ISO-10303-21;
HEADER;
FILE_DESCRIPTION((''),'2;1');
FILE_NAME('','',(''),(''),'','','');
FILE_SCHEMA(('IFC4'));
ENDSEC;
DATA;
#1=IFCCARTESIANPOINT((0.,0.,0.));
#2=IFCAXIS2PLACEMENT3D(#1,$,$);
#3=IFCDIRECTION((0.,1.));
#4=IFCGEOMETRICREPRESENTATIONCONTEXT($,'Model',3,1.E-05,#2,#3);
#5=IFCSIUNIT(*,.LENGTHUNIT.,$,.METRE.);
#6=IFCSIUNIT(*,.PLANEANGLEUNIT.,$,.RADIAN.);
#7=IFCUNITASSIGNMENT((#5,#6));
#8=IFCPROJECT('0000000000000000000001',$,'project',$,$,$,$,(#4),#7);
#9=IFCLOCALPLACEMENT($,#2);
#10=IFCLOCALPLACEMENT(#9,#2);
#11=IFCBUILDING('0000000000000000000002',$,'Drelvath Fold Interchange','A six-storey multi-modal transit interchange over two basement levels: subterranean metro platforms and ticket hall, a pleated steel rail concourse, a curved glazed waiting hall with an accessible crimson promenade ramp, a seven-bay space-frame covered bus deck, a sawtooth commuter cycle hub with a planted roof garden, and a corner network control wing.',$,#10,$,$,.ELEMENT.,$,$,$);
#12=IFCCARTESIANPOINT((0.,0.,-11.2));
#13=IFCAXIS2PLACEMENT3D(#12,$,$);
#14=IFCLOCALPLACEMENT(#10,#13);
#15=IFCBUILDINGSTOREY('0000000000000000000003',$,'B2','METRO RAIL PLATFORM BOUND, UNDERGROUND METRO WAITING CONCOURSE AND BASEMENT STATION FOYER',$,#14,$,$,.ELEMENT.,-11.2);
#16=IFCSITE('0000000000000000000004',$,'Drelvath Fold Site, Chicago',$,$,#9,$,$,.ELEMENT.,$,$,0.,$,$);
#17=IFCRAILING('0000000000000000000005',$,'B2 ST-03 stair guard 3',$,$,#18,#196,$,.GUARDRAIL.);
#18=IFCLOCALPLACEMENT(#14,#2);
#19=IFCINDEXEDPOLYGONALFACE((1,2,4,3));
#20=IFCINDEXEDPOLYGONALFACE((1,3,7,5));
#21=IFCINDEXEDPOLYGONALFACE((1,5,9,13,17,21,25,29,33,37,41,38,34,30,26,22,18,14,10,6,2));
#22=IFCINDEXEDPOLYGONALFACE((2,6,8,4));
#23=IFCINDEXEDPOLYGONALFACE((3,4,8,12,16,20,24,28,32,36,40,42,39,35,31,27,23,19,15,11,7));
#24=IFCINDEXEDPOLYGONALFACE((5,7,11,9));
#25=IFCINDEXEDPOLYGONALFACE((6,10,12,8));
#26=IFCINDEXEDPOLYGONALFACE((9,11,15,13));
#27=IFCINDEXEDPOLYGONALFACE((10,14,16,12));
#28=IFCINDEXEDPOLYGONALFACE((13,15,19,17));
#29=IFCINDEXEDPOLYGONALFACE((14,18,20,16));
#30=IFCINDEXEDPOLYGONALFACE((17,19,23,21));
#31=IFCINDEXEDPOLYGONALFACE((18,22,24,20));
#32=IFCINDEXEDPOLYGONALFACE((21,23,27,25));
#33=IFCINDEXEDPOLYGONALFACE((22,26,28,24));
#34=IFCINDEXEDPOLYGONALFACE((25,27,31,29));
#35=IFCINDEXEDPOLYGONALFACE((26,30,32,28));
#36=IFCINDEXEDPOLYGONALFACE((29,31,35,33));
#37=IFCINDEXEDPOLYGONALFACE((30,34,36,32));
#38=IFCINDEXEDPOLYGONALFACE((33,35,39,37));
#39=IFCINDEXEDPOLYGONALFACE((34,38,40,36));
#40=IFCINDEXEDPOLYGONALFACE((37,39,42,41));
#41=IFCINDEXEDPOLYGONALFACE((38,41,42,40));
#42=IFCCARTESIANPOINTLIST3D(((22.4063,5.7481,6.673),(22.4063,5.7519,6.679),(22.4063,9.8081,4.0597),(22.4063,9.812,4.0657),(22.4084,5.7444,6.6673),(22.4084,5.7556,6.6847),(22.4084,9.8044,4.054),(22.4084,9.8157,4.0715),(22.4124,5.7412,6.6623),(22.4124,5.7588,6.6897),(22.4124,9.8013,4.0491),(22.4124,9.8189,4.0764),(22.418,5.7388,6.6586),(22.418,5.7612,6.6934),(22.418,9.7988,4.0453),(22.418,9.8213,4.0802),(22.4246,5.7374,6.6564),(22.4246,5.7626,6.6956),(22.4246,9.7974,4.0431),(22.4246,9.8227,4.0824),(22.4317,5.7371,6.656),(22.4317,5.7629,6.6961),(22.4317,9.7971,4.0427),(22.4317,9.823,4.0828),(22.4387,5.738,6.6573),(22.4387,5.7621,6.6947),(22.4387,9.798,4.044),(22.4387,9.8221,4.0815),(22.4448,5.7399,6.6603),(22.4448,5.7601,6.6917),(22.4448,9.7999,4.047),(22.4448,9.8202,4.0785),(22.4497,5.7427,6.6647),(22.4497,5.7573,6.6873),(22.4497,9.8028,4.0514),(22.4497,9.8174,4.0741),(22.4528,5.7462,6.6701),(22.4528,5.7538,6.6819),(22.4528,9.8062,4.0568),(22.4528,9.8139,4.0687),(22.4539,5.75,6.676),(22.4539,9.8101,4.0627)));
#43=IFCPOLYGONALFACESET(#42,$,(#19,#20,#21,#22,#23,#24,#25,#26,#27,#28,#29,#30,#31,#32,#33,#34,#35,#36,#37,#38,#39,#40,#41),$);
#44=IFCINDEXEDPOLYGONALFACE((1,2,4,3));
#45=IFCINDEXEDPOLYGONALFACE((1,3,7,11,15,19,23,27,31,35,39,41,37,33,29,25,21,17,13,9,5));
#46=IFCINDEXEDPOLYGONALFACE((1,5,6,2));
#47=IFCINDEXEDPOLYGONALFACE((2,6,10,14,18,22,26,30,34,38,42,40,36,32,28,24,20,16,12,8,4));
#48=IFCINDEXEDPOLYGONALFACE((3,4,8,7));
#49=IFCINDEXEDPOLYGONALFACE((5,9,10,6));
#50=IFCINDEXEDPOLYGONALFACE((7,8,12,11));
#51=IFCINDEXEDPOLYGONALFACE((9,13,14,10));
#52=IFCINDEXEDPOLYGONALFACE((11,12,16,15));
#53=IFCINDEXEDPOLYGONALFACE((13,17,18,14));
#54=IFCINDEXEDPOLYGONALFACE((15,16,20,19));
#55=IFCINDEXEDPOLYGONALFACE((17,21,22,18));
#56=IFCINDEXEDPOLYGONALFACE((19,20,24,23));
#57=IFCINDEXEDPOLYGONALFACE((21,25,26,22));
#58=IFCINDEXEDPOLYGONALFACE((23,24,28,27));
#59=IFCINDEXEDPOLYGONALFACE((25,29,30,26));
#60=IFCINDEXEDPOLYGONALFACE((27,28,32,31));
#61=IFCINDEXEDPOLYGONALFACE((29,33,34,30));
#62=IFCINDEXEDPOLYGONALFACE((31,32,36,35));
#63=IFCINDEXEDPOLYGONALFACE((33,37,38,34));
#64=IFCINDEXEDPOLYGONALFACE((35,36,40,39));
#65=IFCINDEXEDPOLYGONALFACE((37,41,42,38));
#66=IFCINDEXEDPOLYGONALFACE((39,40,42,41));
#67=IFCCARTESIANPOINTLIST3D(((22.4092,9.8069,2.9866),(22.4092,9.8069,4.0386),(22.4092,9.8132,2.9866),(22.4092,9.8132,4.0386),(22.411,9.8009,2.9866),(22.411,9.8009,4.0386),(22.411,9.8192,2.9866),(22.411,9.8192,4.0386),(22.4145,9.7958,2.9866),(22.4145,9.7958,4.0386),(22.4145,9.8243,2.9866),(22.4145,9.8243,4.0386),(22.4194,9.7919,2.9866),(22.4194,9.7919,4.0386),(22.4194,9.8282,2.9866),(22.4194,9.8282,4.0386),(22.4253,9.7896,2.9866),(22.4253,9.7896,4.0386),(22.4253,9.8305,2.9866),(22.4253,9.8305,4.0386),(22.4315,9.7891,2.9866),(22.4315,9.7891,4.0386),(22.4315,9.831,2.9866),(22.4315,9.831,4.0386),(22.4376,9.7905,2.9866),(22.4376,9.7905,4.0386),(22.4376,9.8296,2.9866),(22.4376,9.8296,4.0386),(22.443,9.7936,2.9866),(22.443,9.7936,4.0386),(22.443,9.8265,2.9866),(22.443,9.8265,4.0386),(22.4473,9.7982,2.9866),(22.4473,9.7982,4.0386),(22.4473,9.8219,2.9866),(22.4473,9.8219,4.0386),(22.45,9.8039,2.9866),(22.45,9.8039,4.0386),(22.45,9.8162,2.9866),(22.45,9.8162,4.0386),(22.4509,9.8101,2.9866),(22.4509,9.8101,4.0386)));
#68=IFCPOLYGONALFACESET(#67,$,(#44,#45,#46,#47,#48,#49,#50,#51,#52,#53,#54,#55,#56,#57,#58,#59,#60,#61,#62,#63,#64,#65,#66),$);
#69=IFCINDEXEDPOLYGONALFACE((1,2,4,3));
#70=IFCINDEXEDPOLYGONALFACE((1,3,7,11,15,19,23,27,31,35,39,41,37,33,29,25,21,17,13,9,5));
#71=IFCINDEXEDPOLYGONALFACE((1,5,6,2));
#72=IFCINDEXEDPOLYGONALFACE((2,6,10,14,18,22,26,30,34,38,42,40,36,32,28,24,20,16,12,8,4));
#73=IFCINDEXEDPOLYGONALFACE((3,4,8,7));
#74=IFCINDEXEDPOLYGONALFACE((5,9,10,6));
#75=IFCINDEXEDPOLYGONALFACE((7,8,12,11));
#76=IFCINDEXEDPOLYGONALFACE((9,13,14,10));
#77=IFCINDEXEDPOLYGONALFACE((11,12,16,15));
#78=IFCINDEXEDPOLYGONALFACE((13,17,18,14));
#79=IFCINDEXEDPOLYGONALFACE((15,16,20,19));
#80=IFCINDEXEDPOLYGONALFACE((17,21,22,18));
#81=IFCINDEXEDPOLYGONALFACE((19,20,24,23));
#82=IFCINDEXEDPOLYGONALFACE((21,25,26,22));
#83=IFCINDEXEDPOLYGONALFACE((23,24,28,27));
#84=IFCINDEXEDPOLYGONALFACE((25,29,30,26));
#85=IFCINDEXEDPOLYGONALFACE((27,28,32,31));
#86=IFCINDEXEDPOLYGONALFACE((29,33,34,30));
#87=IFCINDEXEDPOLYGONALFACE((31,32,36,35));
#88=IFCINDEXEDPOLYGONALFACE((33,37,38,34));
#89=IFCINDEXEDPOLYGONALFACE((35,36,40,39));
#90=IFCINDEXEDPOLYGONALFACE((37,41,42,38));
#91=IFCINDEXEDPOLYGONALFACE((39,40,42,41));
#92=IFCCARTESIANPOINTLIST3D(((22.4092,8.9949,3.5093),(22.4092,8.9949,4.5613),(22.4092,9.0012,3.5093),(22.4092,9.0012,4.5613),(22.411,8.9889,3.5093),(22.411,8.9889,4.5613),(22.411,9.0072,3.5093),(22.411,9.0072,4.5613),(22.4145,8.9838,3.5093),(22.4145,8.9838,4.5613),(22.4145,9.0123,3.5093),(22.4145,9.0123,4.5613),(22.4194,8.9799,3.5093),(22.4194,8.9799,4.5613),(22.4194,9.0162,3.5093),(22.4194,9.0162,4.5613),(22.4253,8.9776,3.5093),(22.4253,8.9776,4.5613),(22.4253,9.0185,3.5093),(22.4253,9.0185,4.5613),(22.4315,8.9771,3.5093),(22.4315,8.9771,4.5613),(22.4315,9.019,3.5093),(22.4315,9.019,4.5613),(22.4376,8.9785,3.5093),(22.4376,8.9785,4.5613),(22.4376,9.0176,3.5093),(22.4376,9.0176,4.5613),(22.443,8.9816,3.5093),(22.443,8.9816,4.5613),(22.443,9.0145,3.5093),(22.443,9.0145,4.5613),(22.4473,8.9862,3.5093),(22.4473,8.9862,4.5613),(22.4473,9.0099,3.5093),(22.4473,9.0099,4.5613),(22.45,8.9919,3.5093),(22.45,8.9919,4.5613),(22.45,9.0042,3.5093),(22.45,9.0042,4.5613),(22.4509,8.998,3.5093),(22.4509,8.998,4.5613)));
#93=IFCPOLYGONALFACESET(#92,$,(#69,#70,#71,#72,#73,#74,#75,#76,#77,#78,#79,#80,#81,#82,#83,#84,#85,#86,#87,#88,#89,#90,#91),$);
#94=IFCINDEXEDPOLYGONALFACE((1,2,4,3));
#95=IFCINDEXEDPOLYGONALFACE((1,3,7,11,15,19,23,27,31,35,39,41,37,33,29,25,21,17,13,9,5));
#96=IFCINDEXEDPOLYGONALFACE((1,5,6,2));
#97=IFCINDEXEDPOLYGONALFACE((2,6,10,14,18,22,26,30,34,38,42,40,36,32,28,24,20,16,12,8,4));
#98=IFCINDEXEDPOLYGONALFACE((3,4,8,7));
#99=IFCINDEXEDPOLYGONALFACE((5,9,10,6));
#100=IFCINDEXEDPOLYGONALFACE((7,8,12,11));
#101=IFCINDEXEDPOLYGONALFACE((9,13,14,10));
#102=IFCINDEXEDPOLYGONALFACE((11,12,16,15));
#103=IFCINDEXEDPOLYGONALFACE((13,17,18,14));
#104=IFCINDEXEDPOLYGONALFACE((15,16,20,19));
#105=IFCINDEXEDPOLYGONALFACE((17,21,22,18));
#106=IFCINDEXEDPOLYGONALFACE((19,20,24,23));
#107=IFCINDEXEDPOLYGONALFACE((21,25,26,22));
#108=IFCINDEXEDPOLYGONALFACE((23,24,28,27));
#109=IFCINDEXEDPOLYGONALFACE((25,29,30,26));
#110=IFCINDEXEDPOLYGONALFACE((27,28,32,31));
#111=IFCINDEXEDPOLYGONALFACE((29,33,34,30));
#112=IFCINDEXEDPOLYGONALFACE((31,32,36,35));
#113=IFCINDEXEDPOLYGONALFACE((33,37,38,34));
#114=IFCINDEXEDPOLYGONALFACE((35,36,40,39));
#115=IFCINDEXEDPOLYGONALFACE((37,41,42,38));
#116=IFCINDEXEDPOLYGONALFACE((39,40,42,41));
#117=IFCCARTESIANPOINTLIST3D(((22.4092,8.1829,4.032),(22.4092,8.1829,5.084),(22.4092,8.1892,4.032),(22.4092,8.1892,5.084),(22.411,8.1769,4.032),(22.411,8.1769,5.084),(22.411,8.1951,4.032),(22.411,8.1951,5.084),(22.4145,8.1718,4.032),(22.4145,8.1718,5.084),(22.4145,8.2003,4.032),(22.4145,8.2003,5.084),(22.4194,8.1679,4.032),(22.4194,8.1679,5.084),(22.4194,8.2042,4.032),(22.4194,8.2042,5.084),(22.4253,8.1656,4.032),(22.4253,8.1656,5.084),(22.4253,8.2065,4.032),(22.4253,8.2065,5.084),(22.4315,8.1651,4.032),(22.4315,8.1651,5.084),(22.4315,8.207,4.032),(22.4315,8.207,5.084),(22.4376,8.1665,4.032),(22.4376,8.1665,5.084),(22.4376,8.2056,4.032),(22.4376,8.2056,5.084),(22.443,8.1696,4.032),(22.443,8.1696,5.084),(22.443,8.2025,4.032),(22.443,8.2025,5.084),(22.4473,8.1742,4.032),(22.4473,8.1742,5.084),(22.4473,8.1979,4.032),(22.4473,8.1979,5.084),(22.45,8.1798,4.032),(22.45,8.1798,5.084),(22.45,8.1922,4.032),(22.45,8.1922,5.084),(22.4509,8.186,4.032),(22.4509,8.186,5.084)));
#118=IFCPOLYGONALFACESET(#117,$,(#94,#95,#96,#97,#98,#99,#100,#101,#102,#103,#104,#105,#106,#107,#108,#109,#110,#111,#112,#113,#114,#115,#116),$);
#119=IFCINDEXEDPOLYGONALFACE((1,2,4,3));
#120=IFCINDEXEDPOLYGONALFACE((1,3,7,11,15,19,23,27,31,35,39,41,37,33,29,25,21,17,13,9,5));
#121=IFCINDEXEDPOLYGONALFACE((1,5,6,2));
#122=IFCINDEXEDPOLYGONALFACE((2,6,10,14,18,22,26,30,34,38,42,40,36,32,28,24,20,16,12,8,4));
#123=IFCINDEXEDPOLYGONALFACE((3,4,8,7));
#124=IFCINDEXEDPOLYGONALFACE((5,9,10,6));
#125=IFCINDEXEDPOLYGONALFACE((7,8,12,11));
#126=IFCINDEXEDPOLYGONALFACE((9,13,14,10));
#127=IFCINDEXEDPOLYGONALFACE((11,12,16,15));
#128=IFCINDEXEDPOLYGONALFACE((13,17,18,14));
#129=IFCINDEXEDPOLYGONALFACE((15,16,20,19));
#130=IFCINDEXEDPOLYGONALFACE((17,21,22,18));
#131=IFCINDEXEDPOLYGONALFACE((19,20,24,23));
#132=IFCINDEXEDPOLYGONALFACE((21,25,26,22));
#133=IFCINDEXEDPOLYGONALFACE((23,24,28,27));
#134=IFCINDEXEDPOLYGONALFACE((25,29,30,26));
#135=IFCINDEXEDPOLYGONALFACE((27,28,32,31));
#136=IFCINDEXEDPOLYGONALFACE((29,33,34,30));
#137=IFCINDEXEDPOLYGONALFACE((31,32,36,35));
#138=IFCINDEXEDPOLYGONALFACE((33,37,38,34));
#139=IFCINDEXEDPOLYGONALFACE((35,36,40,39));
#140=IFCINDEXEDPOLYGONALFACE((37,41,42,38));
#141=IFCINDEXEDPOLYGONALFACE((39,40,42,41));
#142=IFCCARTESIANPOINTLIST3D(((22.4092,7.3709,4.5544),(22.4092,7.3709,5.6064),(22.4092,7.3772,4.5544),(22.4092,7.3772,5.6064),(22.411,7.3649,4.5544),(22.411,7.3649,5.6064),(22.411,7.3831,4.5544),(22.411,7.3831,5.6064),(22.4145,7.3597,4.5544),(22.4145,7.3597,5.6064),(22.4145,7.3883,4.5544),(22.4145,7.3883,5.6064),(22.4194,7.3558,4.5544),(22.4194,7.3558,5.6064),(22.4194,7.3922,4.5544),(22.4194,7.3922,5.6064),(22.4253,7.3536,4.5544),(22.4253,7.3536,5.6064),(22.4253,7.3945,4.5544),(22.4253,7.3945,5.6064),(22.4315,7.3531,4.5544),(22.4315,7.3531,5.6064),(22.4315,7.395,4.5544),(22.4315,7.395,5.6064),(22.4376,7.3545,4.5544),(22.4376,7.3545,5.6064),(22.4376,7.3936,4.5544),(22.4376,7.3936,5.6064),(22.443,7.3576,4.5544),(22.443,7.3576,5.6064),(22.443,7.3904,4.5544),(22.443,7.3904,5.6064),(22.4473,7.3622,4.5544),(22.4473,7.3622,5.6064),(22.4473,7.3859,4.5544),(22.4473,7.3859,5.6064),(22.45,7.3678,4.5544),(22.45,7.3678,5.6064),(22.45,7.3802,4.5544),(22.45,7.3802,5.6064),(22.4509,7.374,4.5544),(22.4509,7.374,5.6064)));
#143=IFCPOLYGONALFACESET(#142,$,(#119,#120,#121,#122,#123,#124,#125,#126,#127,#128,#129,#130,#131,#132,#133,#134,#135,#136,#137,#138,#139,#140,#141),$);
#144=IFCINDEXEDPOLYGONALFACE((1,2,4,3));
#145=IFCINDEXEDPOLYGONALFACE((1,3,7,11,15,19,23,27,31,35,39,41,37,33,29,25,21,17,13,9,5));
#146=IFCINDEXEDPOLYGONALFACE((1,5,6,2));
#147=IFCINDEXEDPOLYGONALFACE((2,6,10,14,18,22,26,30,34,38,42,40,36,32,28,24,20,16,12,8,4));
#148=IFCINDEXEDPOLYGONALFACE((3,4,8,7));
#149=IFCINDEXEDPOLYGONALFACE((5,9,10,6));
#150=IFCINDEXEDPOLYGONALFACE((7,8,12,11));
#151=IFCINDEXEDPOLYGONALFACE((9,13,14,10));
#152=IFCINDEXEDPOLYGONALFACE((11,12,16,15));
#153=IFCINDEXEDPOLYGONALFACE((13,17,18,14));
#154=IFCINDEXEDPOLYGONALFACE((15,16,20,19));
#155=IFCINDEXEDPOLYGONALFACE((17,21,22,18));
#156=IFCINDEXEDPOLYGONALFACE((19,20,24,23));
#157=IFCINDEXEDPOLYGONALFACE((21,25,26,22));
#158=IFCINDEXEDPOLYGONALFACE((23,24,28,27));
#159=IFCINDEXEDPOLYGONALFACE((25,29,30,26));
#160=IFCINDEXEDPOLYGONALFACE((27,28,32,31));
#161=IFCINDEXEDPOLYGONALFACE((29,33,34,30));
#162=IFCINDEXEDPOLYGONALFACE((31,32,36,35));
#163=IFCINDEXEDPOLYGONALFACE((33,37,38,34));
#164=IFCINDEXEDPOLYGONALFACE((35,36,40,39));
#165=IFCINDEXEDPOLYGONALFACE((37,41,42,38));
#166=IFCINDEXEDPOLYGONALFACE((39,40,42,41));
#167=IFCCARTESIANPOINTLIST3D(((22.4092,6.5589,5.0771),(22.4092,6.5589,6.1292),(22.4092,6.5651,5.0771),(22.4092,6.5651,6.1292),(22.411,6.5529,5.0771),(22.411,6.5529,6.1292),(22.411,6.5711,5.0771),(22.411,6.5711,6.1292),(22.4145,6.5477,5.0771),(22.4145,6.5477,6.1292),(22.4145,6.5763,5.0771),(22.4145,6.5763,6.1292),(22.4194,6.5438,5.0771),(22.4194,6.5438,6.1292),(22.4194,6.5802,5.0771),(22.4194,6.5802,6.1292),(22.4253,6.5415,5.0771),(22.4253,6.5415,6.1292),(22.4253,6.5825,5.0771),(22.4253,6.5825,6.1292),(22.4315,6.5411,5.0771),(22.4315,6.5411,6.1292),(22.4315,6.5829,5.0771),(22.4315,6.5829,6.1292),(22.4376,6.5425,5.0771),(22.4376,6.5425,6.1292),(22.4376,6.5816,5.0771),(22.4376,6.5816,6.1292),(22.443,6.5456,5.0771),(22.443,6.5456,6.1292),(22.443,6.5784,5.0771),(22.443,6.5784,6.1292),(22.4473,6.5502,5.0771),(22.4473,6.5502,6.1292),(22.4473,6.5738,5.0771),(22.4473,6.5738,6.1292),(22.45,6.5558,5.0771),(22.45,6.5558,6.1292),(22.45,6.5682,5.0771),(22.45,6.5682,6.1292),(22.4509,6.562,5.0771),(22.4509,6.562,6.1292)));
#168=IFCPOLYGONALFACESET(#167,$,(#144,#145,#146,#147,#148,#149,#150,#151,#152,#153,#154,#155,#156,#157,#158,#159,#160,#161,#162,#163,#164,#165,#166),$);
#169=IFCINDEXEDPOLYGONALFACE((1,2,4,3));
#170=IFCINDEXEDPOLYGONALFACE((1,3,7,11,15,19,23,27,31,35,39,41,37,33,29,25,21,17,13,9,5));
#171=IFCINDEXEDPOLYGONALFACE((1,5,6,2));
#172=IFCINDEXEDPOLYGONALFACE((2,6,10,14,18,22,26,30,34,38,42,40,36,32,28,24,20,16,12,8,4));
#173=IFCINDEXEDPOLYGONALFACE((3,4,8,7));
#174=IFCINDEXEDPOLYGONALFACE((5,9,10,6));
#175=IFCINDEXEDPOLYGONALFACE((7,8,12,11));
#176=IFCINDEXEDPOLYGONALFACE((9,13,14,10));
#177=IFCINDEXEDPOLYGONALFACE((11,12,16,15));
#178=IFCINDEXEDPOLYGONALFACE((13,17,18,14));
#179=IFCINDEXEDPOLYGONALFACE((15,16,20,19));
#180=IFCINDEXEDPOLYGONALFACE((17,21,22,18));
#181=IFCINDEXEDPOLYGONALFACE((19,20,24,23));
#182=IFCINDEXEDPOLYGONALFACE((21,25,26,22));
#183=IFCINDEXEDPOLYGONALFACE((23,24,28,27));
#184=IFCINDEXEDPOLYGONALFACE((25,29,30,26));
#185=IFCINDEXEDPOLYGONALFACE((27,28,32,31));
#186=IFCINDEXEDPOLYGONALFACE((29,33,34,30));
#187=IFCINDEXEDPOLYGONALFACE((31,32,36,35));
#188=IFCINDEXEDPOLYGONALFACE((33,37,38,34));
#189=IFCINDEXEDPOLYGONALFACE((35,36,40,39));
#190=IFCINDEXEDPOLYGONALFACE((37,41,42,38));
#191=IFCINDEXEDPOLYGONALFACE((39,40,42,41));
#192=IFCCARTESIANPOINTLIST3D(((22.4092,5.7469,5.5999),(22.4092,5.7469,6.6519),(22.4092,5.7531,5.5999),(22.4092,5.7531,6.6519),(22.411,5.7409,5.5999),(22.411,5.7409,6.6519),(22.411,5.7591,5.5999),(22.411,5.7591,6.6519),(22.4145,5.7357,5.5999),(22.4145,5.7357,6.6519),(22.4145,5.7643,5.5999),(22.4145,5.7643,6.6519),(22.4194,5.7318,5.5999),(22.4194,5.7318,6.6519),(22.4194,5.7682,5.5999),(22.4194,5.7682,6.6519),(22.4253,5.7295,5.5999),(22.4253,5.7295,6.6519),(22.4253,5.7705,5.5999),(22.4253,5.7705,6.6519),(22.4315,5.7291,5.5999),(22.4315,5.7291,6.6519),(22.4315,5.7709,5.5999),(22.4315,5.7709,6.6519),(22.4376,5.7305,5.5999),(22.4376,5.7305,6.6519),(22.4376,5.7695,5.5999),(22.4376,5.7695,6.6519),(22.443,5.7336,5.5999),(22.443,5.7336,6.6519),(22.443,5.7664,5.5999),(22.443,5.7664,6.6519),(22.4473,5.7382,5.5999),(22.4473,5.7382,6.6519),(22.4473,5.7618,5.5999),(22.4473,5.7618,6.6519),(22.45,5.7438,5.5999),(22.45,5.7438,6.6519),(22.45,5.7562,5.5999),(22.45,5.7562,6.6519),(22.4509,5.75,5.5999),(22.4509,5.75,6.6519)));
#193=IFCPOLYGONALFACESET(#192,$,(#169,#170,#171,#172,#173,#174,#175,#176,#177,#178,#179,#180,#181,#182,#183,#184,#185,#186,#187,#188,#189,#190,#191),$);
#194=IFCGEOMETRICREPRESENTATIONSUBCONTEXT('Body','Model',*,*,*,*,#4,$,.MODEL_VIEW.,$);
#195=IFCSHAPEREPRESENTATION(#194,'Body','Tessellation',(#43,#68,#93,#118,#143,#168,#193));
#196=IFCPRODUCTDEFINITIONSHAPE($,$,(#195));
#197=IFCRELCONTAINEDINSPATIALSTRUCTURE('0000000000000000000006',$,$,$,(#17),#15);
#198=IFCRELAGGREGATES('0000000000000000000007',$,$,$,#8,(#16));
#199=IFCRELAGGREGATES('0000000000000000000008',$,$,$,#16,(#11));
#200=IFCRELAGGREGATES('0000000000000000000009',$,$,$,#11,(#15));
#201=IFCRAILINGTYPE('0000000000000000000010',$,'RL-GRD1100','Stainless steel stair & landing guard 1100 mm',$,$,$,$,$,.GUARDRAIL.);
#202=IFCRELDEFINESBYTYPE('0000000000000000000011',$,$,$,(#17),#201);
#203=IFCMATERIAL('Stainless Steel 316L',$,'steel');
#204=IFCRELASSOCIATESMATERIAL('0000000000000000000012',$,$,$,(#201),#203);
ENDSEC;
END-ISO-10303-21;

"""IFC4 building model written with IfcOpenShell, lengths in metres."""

from ifc_helpers import new_model, si_unit, direction, frame, origin, origin_2d, place, context, subcontext, project, spatial, circle, extrude, material, type_object, element, save


model = new_model("IFC4")

# Units and contexts
model_context = context("Model", 3, precision=1e-05, world=origin(), true_north=direction((0.0, 1.0)))
body_context = subcontext(model_context, "Body", "Model", "MODEL_VIEW")
ifc_project = project(units=[si_unit("LENGTHUNIT", "METRE"), si_unit("PLANEANGLEUNIT", "RADIAN")], contexts=[model_context])

# Site, building, storey
site_placement = place(None, origin())
site = spatial("IfcSite", under=ifc_project, at=site_placement, Name="Drelvath Fold Site, Chicago", CompositionType="ELEMENT", RefElevation=0.0)
building_placement = place(site_placement, origin())
building = spatial("IfcBuilding", under=site, at=building_placement, Name="Drelvath Fold Interchange", Description="A six-storey multi-modal transit interchange over two basement levels: subterranean metro platforms and ticket hall, a pleated steel rail concourse, a curved glazed waiting hall with an accessible crimson promenade ramp, a seven-bay space-frame covered bus deck, a sawtooth commuter cycle hub with a planted roof garden, and a corner network control wing.", CompositionType="ELEMENT")
storey_placement = place(building_placement, frame((0.0, 0.0, -11.2)))
storey = spatial("IfcBuildingStorey", under=building, at=storey_placement, Name="B2", Description="METRO RAIL PLATFORM BOUND, UNDERGROUND METRO WAITING CONCOURSE AND BASEMENT STATION FOYER", CompositionType="ELEMENT", Elevation=-11.2)

# Railing
ifc_material_1 = material(Name="Stainless Steel 316L", Category="steel")
railing_type_1 = type_object("IfcRailingType", Name="RL-GRD1100", Description="Stainless steel stair & landing guard 1100 mm", PredefinedType="GUARDRAIL", material=ifc_material_1)
railing_1_placement = place(storey_placement, frame((22.4299, 9.8101, 2.9866)))
element("IfcRailing", 1, at=railing_1_placement, inside=storey, type_object=railing_type_1, Name="B2 ST-03 stair guard 3", PredefinedType="GUARDRAIL", context=body_context, shape_type="SweptSolid", body=[
    extrude(circle(Radius=0.0239, at=origin_2d()), frame((0.0, 0.0, 1.0762), z_axis=(0.0, -0.840873, 0.541233), x_axis=(1.0, 0.0, 0.0)), (0.0, 0.0, 1.0), 4.8284),
    extrude(circle(Radius=0.021, at=origin_2d()), origin(), (0.0, 0.0, 1.0), 1.052),
    extrude(circle(Radius=0.021, at=origin_2d()), frame((0.0, -0.812, 0.5227)), (0.0, 0.0, 1.0), 1.052),
    extrude(circle(Radius=0.021, at=origin_2d()), frame((0.0, -1.624, 1.0454)), (0.0, 0.0, 1.0), 1.052),
    extrude(circle(Radius=0.021, at=origin_2d()), frame((0.0, -2.436, 1.5679)), (0.0, 0.0, 1.0), 1.052),
    extrude(circle(Radius=0.021, at=origin_2d()), frame((0.0, -3.248, 2.0906)), (0.0, 0.0, 1.0), 1.052),
    extrude(circle(Radius=0.021, at=origin_2d()), frame((0.0, -4.0601, 2.6133)), (0.0, 0.0, 1.0), 1.052),
])

save(model, "model.ifc")
